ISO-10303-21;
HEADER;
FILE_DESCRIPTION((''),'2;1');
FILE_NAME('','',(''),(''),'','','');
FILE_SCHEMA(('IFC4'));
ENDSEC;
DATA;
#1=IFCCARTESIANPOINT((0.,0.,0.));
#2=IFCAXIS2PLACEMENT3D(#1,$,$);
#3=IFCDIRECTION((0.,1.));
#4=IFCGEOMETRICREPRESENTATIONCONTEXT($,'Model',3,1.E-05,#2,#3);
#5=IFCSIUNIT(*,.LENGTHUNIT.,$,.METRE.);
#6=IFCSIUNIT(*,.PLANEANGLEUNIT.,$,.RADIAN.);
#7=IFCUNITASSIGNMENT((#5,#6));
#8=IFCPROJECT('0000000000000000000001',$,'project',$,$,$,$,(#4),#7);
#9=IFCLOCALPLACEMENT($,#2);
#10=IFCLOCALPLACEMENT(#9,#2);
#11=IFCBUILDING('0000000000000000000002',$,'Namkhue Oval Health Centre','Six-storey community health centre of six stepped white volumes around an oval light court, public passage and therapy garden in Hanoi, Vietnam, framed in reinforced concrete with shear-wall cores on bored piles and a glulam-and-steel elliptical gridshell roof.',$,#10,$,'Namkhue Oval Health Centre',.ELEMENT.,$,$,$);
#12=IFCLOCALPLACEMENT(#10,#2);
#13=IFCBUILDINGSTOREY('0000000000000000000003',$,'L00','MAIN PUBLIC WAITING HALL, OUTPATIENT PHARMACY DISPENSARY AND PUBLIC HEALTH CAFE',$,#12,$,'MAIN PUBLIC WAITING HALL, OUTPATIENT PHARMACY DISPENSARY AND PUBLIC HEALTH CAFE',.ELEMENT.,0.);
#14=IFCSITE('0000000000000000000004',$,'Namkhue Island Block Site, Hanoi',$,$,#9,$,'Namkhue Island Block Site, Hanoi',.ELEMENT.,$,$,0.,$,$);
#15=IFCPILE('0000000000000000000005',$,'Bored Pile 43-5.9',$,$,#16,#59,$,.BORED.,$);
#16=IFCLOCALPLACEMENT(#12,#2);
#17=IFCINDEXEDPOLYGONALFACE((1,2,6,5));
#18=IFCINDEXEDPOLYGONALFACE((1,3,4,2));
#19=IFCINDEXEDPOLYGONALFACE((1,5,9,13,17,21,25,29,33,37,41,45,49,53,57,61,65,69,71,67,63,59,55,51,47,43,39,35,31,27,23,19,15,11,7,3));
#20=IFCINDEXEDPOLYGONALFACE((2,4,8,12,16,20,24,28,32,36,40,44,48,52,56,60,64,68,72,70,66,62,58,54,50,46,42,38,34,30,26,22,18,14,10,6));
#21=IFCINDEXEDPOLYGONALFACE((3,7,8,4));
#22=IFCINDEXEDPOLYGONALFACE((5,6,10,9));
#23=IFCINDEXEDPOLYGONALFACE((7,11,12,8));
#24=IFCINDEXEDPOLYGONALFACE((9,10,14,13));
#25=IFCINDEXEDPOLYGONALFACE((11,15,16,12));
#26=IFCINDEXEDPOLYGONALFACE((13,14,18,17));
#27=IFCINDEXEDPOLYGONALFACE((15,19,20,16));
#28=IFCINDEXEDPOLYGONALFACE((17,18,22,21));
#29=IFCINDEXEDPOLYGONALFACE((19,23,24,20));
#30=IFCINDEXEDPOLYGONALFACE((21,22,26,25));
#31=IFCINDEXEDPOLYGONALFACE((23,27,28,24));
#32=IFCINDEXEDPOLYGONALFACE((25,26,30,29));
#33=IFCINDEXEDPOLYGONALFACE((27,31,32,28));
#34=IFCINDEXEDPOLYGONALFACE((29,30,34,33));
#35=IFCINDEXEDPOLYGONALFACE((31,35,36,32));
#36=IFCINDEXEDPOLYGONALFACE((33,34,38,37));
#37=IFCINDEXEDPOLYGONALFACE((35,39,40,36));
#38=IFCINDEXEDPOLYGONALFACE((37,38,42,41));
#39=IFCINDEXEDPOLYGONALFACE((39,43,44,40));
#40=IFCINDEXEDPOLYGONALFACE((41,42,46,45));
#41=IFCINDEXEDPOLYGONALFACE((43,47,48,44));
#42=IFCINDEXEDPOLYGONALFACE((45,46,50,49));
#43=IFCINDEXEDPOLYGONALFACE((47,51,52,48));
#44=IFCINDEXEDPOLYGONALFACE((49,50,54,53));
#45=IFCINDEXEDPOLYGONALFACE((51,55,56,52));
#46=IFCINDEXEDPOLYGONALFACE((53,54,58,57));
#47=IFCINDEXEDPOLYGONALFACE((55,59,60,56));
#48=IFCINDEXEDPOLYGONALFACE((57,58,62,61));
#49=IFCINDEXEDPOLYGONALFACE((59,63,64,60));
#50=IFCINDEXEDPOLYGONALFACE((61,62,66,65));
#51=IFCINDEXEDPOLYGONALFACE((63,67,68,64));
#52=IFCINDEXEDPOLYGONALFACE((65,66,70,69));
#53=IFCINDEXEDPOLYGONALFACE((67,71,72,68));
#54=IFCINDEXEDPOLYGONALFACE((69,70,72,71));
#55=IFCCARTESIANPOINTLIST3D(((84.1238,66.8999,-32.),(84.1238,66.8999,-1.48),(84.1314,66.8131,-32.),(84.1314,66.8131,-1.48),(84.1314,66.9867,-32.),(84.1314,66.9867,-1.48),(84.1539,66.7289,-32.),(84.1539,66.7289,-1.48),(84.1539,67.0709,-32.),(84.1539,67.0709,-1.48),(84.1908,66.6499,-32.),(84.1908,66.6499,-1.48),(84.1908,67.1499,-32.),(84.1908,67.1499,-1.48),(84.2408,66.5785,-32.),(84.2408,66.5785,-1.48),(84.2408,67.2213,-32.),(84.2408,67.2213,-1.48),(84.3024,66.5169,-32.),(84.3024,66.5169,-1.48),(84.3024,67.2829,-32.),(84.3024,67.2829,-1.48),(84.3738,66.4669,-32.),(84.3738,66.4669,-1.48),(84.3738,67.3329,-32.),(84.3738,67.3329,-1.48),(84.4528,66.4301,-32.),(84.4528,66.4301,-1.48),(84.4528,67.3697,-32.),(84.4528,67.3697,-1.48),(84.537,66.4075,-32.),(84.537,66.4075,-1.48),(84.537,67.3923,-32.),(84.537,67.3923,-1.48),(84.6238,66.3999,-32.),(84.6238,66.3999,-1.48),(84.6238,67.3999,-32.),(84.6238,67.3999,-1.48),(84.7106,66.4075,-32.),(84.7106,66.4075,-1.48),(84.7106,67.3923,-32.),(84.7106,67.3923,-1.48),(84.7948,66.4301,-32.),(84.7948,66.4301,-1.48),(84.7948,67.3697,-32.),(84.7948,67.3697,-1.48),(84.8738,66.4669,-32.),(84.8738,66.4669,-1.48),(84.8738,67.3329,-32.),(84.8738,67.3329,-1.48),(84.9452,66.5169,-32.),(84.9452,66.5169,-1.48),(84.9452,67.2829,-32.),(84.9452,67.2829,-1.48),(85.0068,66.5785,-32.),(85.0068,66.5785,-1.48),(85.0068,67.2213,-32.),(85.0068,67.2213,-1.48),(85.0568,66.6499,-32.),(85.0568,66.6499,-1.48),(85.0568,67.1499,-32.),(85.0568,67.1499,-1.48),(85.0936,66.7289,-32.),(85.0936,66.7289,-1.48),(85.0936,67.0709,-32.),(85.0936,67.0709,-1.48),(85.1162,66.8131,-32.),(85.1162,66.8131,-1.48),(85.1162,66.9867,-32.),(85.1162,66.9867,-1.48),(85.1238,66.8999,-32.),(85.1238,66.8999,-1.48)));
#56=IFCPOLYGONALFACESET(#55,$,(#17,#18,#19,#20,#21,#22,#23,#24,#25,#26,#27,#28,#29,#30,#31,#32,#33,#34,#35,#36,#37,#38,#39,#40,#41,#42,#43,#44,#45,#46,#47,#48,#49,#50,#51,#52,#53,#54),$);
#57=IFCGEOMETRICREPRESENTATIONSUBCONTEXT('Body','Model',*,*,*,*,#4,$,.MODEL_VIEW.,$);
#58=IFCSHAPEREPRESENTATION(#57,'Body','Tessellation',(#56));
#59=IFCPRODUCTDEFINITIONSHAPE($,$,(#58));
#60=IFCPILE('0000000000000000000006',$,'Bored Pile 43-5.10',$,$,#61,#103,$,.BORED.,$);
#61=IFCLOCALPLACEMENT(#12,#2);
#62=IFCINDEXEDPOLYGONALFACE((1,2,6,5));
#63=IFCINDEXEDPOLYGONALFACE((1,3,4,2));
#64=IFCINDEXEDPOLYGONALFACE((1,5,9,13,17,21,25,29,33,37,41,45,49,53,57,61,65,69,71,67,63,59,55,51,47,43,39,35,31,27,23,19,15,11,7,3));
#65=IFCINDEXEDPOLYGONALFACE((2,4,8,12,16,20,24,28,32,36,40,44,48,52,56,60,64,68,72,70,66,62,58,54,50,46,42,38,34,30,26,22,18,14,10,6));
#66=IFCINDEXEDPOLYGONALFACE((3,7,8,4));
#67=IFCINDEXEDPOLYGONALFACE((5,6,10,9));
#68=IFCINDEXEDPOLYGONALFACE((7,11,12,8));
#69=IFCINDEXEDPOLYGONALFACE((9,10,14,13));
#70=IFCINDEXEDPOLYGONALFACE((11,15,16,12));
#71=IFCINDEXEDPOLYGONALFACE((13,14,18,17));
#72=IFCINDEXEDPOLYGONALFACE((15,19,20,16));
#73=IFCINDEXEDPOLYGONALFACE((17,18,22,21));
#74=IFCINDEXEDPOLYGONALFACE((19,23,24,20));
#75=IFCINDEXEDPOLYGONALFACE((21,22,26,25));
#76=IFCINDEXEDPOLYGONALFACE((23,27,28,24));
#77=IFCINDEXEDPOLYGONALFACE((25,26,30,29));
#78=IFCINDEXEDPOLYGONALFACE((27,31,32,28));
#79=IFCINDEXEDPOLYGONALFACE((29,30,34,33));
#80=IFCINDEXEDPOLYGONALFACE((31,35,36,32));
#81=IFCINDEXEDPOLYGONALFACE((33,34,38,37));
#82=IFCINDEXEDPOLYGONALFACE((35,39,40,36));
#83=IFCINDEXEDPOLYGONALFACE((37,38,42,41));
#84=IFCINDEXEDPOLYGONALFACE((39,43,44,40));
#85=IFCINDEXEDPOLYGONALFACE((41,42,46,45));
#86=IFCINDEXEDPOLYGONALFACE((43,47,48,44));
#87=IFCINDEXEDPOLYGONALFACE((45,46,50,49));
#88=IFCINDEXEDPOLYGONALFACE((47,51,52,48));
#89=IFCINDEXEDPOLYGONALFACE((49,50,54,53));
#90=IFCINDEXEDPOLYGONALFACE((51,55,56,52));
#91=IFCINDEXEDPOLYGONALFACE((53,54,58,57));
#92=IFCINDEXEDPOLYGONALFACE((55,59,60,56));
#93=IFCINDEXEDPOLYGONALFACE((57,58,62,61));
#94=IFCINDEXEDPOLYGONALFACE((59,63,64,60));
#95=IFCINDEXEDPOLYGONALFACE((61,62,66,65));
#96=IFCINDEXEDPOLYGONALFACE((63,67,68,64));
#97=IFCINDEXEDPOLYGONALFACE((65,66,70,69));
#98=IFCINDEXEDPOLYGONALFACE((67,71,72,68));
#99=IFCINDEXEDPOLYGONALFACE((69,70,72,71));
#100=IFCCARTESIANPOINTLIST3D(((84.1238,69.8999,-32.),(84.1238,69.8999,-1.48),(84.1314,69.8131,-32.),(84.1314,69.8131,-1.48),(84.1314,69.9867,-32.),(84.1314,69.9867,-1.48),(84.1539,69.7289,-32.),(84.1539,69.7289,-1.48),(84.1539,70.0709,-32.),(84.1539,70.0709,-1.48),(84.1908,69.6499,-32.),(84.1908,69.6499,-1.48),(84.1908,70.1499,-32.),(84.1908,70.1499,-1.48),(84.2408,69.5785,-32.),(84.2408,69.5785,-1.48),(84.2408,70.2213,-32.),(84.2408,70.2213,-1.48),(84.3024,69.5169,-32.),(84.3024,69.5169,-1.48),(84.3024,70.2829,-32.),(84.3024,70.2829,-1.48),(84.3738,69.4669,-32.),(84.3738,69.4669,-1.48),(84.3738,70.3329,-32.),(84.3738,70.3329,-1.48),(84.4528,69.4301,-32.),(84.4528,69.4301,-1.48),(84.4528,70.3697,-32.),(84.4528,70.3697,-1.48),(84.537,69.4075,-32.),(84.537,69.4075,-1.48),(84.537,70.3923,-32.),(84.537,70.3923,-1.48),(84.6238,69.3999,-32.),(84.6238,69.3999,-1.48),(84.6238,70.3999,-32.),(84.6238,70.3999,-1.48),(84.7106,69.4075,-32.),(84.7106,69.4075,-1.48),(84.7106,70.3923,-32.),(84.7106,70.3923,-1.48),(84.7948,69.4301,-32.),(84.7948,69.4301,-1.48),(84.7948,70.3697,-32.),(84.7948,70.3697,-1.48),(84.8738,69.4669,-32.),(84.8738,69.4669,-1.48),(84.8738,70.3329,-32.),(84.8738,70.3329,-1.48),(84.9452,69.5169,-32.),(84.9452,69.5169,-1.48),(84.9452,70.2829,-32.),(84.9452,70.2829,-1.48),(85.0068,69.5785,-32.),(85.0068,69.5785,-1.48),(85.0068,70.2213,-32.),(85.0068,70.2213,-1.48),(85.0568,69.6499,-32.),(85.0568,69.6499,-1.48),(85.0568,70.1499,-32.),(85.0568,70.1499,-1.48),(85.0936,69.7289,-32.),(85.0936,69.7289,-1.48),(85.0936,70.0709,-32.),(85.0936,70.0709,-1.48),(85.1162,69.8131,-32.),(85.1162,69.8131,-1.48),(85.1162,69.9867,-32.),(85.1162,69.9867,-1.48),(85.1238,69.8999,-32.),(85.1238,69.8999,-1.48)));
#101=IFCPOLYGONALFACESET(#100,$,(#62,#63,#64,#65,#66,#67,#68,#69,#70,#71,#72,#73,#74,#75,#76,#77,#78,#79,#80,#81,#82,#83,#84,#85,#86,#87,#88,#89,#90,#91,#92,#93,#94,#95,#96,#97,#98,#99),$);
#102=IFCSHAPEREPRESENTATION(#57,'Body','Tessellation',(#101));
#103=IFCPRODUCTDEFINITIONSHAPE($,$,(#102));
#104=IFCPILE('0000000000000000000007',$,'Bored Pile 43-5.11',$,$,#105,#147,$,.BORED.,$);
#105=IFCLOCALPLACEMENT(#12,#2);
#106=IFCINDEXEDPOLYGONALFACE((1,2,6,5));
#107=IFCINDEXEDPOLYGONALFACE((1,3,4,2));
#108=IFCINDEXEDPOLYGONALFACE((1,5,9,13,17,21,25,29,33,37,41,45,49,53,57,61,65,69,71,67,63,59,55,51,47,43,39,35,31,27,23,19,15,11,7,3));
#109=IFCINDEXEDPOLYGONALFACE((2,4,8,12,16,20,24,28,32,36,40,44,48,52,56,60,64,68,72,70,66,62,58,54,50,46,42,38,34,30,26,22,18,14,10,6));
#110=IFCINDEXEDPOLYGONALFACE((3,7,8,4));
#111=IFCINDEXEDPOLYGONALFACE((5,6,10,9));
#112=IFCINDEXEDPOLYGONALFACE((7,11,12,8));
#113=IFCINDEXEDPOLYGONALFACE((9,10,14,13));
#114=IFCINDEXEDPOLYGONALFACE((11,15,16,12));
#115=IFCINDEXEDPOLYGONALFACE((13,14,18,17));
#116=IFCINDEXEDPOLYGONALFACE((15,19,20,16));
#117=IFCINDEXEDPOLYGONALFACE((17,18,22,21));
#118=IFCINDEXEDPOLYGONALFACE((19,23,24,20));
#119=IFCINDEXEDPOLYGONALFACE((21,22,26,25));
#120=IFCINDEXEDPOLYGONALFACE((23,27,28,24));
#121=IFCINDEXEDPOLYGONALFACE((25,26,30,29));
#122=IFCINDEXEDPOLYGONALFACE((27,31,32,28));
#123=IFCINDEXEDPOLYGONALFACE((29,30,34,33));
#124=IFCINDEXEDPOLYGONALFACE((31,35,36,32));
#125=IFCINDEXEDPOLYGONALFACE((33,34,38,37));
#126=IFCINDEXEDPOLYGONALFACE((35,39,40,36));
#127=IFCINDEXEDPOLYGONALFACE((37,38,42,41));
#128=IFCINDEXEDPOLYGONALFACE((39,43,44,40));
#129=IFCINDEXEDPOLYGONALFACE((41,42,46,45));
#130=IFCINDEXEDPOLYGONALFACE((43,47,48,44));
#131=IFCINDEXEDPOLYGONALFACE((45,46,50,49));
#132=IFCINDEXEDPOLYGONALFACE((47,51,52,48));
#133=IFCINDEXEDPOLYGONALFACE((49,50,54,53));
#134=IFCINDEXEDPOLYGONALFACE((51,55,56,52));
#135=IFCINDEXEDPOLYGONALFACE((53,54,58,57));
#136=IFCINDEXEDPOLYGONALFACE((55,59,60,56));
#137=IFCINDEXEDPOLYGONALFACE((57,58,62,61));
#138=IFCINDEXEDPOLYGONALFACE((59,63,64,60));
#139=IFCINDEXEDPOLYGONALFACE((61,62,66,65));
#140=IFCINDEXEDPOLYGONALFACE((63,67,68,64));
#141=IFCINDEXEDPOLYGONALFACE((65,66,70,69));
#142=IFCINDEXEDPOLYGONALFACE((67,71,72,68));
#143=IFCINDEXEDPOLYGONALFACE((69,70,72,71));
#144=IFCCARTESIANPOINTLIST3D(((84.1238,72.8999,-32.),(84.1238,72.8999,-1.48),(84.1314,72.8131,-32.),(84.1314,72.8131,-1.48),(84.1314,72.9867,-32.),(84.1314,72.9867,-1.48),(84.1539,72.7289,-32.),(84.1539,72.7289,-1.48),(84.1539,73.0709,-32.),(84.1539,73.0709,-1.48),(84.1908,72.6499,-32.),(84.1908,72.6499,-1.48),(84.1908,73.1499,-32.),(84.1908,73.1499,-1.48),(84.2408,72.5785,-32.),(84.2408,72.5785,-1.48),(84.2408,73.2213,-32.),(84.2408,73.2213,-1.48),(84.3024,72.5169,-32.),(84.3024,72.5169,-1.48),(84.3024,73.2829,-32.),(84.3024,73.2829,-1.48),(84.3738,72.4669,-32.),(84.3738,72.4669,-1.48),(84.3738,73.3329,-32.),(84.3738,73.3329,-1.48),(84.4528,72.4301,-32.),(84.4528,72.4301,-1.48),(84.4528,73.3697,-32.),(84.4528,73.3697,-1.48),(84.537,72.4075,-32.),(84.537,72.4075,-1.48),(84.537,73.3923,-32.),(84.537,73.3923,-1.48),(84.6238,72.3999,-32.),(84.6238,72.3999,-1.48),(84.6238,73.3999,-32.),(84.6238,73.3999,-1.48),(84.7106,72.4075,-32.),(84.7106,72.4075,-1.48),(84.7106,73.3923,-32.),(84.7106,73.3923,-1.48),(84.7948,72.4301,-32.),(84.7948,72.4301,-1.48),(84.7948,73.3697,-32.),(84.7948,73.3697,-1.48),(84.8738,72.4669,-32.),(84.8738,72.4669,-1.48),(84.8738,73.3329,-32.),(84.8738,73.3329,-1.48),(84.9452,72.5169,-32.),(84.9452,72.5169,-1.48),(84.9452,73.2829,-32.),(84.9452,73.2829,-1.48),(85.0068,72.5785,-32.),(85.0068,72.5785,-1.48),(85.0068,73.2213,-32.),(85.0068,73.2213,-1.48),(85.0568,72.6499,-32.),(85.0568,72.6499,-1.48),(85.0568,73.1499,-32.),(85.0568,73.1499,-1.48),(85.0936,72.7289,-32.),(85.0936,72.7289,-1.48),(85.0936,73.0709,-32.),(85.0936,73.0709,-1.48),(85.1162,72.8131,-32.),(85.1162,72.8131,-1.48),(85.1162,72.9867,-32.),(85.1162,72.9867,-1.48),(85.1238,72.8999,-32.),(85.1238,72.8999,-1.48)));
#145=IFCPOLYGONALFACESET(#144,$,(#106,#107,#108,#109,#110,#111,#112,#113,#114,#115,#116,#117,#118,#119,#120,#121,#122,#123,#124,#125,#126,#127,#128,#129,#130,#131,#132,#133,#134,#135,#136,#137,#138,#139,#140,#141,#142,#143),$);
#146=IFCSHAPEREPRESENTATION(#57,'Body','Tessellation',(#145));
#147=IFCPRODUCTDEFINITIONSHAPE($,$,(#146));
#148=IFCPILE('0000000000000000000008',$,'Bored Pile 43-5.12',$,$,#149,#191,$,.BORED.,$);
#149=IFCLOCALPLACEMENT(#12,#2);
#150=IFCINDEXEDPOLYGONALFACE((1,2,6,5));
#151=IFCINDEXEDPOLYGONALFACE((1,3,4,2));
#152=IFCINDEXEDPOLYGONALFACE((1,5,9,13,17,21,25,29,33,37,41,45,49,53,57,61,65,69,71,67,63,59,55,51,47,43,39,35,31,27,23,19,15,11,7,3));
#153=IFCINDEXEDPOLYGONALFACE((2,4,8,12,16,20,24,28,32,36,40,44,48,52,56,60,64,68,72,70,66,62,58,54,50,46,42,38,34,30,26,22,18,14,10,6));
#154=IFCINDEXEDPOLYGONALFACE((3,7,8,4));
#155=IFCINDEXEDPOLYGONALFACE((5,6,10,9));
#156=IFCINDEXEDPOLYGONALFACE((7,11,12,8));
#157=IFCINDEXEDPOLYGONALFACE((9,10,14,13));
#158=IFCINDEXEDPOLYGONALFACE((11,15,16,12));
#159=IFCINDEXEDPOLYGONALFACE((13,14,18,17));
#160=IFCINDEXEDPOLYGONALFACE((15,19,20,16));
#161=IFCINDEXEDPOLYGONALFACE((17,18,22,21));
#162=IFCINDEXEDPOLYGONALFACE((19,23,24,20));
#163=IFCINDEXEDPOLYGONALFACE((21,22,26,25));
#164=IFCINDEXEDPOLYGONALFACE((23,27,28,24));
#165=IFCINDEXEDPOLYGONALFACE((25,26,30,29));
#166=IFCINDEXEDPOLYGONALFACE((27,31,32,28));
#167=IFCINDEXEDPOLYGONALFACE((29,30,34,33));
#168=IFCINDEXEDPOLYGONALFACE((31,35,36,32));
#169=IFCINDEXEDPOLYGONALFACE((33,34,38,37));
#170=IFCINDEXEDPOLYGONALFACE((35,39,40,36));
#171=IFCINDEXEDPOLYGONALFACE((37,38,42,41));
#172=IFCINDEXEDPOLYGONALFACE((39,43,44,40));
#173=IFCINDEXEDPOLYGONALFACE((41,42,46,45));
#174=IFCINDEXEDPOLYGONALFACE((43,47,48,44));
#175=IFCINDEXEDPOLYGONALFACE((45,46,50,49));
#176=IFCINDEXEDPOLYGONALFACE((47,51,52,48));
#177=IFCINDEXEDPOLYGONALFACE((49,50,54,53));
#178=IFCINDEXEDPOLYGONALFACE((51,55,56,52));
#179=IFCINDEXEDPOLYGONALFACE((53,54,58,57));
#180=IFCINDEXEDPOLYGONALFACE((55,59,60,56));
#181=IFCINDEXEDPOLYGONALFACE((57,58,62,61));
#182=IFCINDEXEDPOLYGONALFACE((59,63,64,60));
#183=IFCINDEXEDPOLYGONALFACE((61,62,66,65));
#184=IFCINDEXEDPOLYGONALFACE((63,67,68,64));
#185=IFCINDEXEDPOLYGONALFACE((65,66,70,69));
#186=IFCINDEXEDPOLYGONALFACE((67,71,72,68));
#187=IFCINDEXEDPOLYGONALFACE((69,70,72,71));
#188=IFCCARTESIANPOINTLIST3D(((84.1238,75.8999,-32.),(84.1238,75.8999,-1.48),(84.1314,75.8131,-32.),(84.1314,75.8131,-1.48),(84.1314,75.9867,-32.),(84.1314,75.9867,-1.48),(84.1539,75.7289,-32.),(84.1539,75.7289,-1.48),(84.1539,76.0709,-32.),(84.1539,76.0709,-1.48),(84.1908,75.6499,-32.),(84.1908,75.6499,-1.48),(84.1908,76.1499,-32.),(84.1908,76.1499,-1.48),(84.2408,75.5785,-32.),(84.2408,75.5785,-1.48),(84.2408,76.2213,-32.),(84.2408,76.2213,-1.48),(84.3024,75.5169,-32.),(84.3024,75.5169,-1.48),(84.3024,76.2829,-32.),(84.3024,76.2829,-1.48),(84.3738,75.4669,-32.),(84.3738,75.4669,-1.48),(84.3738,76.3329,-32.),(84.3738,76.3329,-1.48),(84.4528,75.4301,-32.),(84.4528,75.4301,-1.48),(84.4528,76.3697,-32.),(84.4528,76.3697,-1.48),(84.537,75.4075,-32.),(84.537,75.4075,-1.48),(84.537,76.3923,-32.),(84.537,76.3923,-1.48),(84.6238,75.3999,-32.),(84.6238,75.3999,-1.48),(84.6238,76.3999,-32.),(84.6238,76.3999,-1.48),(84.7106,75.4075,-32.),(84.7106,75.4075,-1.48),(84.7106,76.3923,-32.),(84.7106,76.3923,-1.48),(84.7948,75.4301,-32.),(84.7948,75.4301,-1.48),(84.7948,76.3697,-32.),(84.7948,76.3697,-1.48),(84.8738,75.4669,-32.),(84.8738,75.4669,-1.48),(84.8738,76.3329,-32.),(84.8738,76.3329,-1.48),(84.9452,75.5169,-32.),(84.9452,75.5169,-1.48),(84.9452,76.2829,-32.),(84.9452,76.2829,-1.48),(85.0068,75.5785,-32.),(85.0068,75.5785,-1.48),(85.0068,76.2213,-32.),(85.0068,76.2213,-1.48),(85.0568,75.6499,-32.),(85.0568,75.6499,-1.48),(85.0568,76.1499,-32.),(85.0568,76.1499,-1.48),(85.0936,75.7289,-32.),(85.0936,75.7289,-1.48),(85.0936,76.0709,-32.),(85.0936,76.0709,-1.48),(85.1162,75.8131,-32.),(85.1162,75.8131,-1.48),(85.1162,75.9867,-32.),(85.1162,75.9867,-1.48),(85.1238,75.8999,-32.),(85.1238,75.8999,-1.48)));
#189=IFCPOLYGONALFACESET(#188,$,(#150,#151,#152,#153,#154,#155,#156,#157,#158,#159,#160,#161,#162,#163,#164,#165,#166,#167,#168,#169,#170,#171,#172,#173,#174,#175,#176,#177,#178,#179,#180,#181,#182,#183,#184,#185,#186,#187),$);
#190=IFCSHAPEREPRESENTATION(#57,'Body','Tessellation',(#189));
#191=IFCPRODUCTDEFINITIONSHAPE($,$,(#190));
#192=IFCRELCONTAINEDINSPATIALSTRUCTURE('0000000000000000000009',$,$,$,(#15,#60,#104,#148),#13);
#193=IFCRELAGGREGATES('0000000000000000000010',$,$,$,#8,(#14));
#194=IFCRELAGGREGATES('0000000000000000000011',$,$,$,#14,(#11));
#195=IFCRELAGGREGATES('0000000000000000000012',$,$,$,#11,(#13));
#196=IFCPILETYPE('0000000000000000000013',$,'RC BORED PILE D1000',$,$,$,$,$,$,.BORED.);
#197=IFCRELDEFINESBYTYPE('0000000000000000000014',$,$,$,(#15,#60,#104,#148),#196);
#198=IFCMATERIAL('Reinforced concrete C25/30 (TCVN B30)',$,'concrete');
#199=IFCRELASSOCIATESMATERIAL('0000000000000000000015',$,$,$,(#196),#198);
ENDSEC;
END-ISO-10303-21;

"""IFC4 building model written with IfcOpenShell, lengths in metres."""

from ifc_helpers import new_model, si_unit, direction, frame, origin, origin_2d, place, context, subcontext, project, spatial, circle, extrude, material, material_profile, profile_set, type_object, element, save


model = new_model("IFC4")

# Units and contexts
model_context = context("Model", 3, precision=1e-05, world=origin(), true_north=direction((0.0, 1.0)))
body_context = subcontext(model_context, "Body", "Model", "MODEL_VIEW")
ifc_project = project(units=[si_unit("LENGTHUNIT", "METRE"), si_unit("PLANEANGLEUNIT", "RADIAN")], contexts=[model_context])

# Site, building, storey
site_placement = place(None, origin())
site = spatial("IfcSite", under=ifc_project, at=site_placement, Name="Namkhue Island Block Site, Hanoi", LongName="Namkhue Island Block Site, Hanoi", CompositionType="ELEMENT", RefElevation=0.0)
building_placement = place(site_placement, origin())
building = spatial("IfcBuilding", under=site, at=building_placement, Name="Namkhue Oval Health Centre", Description="Six-storey community health centre of six stepped white volumes around an oval light court, public passage and therapy garden in Hanoi, Vietnam, framed in reinforced concrete with shear-wall cores on bored piles and a glulam-and-steel elliptical gridshell roof.", LongName="Namkhue Oval Health Centre", CompositionType="ELEMENT")
storey_placement = place(building_placement, origin())
storey = spatial("IfcBuildingStorey", under=building, at=storey_placement, Name="L00", Description="MAIN PUBLIC WAITING HALL, OUTPATIENT PHARMACY DISPENSARY AND PUBLIC HEALTH CAFE", LongName="MAIN PUBLIC WAITING HALL, OUTPATIENT PHARMACY DISPENSARY AND PUBLIC HEALTH CAFE", CompositionType="ELEMENT", Elevation=0.0)

# Piles
ifc_material_1 = material(Name="Reinforced concrete C25/30 (TCVN B30)", Category="concrete")
ifc_material_profile_1 = material_profile(ifc_material_1, circle(Radius=0.5, at=origin_2d()), Name="BORED PILE D1000")
ifc_profile_set_1 = profile_set([ifc_material_profile_1], Name="Reinforced concrete C25/30 (TCVN B30)")
pile_type_1 = type_object("IfcPileType", Name="RC BORED PILE D1000", PredefinedType="BORED", material=ifc_profile_set_1)
for number, where, z_axis, x_axis, name in (
    (1, (84.6238, 66.8999, -1.48), (0.0, 0.0, -1.0), (1.0, 0.0, 0.0), "Bored Pile 43-5.9"),
    (2, (84.6238, 69.8999, -1.48), (0.0, 0.0, -1.0), (1.0, 0.0, 0.0), "Bored Pile 43-5.10"),
    (3, (84.6238, 72.8999, -1.48), (0.0, 0.0, -1.0), (1.0, 0.0, 0.0), "Bored Pile 43-5.11"),
    (4, (84.6238, 75.8999, -1.48), (0.0, 0.0, -1.0), (1.0, 0.0, 0.0), "Bored Pile 43-5.12"),
):
    element("IfcPile", number, at=place(storey_placement, frame(where, z_axis=z_axis, x_axis=x_axis)), inside=storey, type_object=pile_type_1, Name=name, PredefinedType="BORED", context=body_context, shape_type="SweptSolid", body=[
        extrude(circle(Radius=0.5, at=origin_2d()), origin(), (0.0, 0.0, 1.0), 30.52),
    ])

save(model, "model.ifc")
